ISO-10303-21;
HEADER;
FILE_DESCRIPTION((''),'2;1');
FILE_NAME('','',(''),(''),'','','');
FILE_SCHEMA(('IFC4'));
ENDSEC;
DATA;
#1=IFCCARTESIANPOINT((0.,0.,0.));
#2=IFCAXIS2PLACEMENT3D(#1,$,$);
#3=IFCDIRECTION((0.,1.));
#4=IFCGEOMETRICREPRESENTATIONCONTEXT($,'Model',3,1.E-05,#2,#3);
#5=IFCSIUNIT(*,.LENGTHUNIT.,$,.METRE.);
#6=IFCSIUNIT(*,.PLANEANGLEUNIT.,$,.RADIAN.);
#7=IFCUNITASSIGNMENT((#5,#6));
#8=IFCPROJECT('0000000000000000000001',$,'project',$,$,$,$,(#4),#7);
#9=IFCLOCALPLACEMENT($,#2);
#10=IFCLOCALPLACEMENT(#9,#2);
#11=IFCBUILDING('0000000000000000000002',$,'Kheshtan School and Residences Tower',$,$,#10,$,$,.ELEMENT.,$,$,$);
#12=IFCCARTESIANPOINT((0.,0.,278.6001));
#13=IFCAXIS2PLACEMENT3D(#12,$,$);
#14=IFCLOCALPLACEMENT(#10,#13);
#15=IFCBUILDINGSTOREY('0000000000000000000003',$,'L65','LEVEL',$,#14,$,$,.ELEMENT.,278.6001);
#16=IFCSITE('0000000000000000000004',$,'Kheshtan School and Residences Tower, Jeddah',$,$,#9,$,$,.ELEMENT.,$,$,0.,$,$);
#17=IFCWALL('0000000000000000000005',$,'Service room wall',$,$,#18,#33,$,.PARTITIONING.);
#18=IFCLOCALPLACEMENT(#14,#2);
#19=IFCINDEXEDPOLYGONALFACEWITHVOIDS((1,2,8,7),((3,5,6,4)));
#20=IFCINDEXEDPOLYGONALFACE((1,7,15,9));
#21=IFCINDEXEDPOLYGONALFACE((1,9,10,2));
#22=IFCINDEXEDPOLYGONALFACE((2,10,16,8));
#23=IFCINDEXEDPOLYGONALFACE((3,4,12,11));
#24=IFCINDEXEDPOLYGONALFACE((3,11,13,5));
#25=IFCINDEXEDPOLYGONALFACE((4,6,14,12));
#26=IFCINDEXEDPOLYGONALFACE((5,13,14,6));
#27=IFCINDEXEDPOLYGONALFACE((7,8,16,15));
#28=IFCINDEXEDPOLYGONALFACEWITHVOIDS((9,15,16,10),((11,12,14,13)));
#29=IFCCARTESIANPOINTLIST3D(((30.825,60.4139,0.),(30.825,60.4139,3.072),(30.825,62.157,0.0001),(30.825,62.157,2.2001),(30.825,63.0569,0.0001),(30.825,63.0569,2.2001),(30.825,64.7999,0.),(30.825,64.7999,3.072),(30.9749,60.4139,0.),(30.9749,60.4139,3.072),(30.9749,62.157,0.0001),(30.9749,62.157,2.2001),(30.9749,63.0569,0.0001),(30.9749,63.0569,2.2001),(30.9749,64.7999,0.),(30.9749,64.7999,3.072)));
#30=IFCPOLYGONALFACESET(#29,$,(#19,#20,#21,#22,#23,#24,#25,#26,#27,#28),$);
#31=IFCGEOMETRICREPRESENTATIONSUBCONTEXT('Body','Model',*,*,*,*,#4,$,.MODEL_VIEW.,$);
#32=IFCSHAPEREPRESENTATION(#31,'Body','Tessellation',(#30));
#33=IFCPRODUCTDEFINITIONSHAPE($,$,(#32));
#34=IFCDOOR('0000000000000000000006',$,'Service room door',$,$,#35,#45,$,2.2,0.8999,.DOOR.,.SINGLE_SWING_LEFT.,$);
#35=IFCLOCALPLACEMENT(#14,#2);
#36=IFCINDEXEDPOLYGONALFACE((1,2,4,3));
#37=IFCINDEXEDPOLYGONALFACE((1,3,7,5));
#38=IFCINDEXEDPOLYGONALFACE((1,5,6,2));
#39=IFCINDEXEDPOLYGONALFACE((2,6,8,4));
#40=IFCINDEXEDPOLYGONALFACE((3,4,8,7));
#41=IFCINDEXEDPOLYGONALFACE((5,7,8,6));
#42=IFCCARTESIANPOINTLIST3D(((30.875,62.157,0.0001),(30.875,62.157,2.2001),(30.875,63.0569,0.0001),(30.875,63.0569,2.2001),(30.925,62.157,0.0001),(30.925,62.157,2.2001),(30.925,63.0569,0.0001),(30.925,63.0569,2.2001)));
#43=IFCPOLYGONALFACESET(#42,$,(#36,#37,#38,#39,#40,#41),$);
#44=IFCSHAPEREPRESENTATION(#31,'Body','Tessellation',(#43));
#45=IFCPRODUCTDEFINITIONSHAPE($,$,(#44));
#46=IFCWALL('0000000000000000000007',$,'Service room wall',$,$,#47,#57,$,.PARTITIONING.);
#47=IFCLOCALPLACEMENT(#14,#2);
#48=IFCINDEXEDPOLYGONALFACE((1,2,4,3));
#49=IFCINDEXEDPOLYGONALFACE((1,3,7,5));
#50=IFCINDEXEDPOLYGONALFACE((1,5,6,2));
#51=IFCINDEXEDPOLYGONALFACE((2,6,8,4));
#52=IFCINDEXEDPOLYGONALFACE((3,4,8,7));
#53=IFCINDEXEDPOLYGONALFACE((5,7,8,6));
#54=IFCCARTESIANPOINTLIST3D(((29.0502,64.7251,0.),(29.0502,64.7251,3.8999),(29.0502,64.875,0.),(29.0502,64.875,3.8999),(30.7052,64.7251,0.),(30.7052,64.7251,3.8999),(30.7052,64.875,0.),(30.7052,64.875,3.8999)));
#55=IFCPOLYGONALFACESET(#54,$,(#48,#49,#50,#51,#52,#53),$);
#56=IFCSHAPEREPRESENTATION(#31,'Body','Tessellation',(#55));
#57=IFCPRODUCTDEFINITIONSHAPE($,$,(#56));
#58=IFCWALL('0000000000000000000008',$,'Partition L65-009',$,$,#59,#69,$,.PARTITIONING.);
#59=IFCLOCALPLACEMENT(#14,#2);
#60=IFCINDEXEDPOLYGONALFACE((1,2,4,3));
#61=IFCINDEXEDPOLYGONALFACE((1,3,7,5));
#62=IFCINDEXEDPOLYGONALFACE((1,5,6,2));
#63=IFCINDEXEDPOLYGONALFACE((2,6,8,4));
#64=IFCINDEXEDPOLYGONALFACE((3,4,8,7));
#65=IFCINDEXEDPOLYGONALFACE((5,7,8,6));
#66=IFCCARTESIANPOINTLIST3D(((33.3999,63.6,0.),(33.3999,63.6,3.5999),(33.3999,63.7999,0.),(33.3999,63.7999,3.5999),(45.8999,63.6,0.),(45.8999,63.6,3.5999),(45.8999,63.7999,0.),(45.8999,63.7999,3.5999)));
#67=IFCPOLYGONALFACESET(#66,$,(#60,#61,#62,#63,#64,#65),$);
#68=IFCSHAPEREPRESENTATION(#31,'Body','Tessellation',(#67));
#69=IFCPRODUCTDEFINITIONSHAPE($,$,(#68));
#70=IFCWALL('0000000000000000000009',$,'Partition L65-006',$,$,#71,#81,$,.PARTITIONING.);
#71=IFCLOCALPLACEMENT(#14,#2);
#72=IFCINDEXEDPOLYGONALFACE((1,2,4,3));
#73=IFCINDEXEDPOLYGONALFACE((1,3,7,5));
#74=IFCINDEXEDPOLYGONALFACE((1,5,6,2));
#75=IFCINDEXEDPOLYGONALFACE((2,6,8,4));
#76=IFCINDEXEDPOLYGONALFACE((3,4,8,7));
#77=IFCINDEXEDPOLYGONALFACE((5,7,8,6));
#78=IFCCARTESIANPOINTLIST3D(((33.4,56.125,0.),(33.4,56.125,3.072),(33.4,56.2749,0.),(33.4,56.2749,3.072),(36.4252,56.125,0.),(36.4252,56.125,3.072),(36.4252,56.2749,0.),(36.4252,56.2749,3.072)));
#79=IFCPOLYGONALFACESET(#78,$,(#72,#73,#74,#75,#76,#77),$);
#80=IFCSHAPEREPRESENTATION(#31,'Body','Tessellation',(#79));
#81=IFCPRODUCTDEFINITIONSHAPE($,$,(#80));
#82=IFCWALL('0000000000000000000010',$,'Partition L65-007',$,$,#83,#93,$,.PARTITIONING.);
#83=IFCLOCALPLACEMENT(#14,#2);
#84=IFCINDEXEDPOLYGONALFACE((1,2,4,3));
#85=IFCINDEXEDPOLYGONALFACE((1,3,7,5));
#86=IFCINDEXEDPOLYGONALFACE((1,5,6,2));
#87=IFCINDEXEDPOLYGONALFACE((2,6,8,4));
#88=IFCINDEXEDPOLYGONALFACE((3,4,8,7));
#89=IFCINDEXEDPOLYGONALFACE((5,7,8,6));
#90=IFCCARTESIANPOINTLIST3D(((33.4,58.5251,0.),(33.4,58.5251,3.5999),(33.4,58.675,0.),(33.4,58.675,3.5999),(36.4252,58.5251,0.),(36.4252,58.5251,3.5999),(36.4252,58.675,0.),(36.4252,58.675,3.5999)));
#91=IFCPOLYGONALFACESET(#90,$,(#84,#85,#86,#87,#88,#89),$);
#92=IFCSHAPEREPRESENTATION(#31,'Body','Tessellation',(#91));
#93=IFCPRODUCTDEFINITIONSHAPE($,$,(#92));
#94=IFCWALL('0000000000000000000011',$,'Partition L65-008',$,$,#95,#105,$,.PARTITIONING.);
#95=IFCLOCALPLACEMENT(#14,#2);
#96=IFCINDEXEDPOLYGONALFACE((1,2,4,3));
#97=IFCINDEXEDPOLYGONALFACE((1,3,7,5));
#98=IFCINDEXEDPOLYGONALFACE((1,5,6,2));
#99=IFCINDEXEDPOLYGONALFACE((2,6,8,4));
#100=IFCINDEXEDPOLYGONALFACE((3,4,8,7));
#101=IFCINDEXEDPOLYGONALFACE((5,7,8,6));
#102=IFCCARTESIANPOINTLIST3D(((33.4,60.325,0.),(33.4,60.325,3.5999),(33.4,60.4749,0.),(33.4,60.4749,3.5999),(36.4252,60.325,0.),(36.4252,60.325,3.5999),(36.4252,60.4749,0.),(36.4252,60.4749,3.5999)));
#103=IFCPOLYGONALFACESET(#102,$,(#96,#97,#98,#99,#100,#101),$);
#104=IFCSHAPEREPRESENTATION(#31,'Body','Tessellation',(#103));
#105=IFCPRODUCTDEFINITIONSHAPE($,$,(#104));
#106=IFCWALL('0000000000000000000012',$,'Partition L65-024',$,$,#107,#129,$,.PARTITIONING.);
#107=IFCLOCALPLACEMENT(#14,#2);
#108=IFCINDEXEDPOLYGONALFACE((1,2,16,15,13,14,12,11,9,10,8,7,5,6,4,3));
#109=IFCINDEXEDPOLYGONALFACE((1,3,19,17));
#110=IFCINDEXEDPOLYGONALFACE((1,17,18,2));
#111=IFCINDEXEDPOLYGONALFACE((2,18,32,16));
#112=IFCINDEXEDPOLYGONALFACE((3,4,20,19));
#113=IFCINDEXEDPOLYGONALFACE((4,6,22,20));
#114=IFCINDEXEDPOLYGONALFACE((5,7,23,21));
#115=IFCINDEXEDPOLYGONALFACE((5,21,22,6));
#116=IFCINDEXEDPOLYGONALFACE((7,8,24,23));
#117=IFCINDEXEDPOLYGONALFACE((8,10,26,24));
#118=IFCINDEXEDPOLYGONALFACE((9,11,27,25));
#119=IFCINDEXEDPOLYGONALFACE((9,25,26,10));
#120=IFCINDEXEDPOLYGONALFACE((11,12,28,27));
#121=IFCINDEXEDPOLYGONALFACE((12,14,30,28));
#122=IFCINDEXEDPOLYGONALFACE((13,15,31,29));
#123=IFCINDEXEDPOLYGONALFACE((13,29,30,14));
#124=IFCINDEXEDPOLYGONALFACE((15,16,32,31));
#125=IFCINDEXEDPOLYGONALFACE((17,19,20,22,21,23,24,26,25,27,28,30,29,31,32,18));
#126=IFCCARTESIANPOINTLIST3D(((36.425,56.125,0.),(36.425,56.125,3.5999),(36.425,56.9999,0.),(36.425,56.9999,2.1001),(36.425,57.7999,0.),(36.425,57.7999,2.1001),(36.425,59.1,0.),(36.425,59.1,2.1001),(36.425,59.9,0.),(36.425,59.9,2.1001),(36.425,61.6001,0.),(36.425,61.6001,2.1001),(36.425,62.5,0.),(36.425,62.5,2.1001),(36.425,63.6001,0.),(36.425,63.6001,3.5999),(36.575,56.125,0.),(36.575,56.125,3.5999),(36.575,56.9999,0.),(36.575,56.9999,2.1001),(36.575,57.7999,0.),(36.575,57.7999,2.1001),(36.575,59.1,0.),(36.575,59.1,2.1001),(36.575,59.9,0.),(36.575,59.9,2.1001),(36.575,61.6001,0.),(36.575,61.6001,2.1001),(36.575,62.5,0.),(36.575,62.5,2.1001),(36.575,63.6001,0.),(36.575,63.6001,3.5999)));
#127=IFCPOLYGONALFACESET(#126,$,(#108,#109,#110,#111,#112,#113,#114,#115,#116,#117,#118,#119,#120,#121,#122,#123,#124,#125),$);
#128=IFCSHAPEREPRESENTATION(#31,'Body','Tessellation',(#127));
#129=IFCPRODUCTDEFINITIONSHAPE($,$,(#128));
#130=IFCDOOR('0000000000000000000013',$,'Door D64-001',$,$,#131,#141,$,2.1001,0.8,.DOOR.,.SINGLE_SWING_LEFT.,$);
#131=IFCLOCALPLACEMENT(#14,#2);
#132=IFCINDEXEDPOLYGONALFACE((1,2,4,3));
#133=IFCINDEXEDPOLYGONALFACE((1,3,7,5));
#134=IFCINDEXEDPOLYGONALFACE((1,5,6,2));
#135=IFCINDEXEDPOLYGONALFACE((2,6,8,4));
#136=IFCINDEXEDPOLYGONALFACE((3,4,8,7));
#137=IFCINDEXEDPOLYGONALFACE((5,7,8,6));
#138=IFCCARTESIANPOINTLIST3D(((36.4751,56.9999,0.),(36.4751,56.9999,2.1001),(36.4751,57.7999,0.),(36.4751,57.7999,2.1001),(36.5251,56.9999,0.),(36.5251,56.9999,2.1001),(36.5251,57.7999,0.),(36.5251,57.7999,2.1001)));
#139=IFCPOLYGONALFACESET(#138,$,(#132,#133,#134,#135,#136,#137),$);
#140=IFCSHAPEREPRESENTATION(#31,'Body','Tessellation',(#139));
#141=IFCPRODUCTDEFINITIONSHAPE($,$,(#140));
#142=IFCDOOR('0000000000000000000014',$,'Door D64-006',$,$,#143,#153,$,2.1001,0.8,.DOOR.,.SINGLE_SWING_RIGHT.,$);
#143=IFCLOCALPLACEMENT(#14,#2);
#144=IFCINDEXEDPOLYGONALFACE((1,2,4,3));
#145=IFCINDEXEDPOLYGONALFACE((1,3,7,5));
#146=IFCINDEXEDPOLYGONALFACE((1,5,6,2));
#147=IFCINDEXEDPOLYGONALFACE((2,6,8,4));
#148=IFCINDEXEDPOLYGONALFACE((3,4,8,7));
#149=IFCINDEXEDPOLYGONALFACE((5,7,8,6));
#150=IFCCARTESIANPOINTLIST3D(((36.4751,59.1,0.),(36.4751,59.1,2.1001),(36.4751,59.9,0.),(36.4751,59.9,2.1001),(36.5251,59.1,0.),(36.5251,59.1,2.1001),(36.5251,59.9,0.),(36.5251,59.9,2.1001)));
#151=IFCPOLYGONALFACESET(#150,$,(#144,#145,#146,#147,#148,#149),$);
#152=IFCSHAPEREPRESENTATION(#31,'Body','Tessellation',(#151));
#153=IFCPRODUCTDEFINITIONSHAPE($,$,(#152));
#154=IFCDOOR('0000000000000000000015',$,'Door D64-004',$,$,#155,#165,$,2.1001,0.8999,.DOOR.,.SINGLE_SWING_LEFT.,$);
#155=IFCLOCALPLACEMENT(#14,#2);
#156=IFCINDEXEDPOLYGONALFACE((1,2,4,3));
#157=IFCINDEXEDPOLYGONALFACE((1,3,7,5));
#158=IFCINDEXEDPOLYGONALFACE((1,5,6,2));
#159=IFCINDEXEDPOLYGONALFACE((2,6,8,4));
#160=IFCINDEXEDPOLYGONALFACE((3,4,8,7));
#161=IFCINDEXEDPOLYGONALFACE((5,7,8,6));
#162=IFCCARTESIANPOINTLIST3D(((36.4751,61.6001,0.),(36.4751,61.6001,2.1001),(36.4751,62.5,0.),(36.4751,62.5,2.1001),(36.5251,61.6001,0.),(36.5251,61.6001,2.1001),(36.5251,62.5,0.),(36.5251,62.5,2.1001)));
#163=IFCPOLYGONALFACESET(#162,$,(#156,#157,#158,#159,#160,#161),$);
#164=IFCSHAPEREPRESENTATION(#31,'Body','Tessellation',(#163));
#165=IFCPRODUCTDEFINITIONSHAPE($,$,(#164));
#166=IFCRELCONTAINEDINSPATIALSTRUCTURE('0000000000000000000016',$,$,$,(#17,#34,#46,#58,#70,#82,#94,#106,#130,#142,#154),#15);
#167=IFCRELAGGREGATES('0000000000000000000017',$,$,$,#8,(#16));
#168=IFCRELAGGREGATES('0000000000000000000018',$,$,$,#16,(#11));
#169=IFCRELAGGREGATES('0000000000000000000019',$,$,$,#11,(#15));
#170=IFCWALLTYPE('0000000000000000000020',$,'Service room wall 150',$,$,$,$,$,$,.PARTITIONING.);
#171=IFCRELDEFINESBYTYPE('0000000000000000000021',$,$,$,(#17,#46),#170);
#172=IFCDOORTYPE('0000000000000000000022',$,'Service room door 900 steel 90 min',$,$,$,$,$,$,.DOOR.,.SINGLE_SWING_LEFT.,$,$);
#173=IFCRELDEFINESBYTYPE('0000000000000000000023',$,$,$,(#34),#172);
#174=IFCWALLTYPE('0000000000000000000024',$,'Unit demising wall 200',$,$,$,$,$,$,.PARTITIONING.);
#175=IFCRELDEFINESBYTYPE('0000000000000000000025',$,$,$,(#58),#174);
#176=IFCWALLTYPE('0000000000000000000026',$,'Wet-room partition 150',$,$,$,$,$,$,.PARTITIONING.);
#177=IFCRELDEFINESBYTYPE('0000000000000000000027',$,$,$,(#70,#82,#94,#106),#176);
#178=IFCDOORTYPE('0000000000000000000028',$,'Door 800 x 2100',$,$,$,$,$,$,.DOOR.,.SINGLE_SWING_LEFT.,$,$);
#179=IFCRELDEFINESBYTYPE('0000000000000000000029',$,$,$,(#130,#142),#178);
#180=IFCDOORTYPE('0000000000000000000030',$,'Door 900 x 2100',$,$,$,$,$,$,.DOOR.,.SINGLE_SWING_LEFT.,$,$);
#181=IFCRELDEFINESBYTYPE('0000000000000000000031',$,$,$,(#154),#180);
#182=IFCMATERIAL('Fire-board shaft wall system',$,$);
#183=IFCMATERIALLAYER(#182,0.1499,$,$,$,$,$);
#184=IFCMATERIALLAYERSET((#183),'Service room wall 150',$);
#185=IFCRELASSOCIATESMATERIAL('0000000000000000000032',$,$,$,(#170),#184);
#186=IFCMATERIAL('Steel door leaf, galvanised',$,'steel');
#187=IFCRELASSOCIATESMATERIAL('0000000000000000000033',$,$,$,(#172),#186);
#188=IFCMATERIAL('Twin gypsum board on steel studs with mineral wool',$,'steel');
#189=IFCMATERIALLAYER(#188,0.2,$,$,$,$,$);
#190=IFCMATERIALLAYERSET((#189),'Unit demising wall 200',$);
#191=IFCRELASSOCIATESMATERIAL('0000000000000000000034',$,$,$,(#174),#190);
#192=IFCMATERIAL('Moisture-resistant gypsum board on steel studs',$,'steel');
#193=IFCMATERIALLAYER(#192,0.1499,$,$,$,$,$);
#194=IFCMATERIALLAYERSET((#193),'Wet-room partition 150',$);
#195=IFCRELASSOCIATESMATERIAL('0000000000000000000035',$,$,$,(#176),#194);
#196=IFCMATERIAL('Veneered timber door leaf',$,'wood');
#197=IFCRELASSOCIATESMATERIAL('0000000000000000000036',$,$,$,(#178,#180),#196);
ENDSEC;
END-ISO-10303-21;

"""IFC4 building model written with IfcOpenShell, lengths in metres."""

from ifc_helpers import new_model, si_unit, direction, frame, frame_2d, origin, place, context, subcontext, project, spatial, rectangle, extrude, source, transform, mapped, material, layer, layer_set, type_object, element, fill, save


model = new_model("IFC4")

# Units and contexts
model_context = context("Model", 3, precision=1e-05, world=origin(), true_north=direction((0.0, 1.0)))
body_context = subcontext(model_context, "Body", "Model", "MODEL_VIEW")
ifc_project = project(units=[si_unit("LENGTHUNIT", "METRE"), si_unit("PLANEANGLEUNIT", "RADIAN")], contexts=[model_context])

# Site, building, storey
site_placement = place(None, origin())
site = spatial("IfcSite", under=ifc_project, at=site_placement, Name="Kheshtan School and Residences Tower, Jeddah", CompositionType="ELEMENT", RefElevation=0.0)
building_placement = place(site_placement, origin())
building = spatial("IfcBuilding", under=site, at=building_placement, Name="Kheshtan School and Residences Tower", CompositionType="ELEMENT")
storey_placement = place(building_placement, frame((0.0, 0.0, 278.6001)))
storey = spatial("IfcBuildingStorey", under=building, at=storey_placement, Name="L65", Description="LEVEL", CompositionType="ELEMENT", Elevation=278.6001)

# Shared definitions
ifc_material_1 = material(Name="Fire-board shaft wall system")
ifc_layer_1 = layer(ifc_material_1, 0.1499)
ifc_layer_set_1 = layer_set([ifc_layer_1], Name="Service room wall 150")
wall_type_1 = type_object("IfcWallType", Name="Service room wall 150", PredefinedType="PARTITIONING", material=ifc_layer_set_1)

# Shared definitions
ifc_material_2 = material(Name="Steel door leaf, galvanised", Category="steel")
door_type_1 = type_object("IfcDoorType", Name="Service room door 900 steel 90 min", OperationType="SINGLE_SWING_LEFT", PredefinedType="DOOR", material=ifc_material_2)
shared_shape_1 = source(origin(), body_context, "Body", "SweptSolid", [
    extrude(rectangle(XDim=0.8999, YDim=2.2, at=frame_2d((0.45, 1.1001))), frame((0.0, 0.0249, 0.0), z_axis=(0.0, -1.0, 0.0), x_axis=(1.0, 0.0, 0.0)), (0.0, 0.0, 1.0), 0.05),
])

# Wall, opening, door
wall_1_placement = place(storey_placement, frame((30.8999, 60.4141, 0.0), z_axis=(0.0, 0.0, 1.0), x_axis=(0.0, 1.0, 0.0)))
wall_1 = element("IfcWall", 1, at=wall_1_placement, inside=storey, type_object=wall_type_1, Name="Service room wall", PredefinedType="PARTITIONING", context=body_context, shape_type="SweptSolid", body=[
    extrude(rectangle(XDim=4.386, YDim=0.1499, at=frame_2d((2.1929, 0.0))), origin(), (0.0, 0.0, 1.0), 3.072),
])
opening_1_placement = place(wall_1_placement, frame((1.7429, 0.0, 0.0)))
opening_1 = element("IfcOpeningElement", 2, at=opening_1_placement, cuts=wall_1, PredefinedType="OPENING", context=body_context, shape_type="SweptSolid", body=[
    extrude(rectangle(XDim=0.8999, YDim=2.2, at=frame_2d((0.45, 1.1001))), frame((0.0, 0.085, 0.0), z_axis=(0.0, -1.0, 0.0), x_axis=(1.0, 0.0, 0.0)), (0.0, 0.0, 1.0), 0.1699),
])
door_1_placement = place(opening_1_placement, origin())
door_1 = element("IfcDoor", 3, at=door_1_placement, inside=storey, type_object=door_type_1, Name="Service room door", OperationType="SINGLE_SWING_LEFT", OverallHeight=2.2, OverallWidth=0.8999, PredefinedType="DOOR", context=body_context, shape_type="MappedRepresentation", body=[
    mapped(shared_shape_1, transform((0.0, 0.0, 0.0), x_axis=(1.0, 0.0, 0.0), y_axis=(0.0, 1.0, 0.0), z_axis=(0.0, 0.0, 1.0), scale=1.0)),
])
fill(opening_1, door_1)

# Walls
wall_2_placement = place(storey_placement, frame((29.05, 64.8, 0.0), z_axis=(0.0, 0.0, 1.0), x_axis=(1.0, 0.0, 0.0)))
element("IfcWall", 4, at=wall_2_placement, inside=storey, type_object=wall_type_1, Name="Service room wall", PredefinedType="PARTITIONING", context=body_context, shape_type="SweptSolid", body=[
    extrude(rectangle(XDim=1.655, YDim=0.1499, at=frame_2d((0.8276, 0.0))), origin(), (0.0, 0.0, 1.0), 3.8999),
])
ifc_material_3 = material(Name="Twin gypsum board on steel studs with mineral wool", Category="steel")
ifc_layer_2 = layer(ifc_material_3, 0.2)
ifc_layer_set_2 = layer_set([ifc_layer_2], Name="Unit demising wall 200")
wall_type_2 = type_object("IfcWallType", Name="Unit demising wall 200", PredefinedType="PARTITIONING", material=ifc_layer_set_2)
wall_3_placement = place(storey_placement, frame((33.3999, 63.7, 0.0), z_axis=(0.0, 0.0, 1.0), x_axis=(1.0, 0.0, 0.0)))
element("IfcWall", 5, at=wall_3_placement, inside=storey, type_object=wall_type_2, Name="Partition L65-009", PredefinedType="PARTITIONING", context=body_context, shape_type="SweptSolid", body=[
    extrude(rectangle(XDim=12.5, YDim=0.2, at=frame_2d((6.25, 0.0))), origin(), (0.0, 0.0, 1.0), 3.5999),
])
ifc_material_4 = material(Name="Moisture-resistant gypsum board on steel studs", Category="steel")
ifc_layer_3 = layer(ifc_material_4, 0.1499)
ifc_layer_set_3 = layer_set([ifc_layer_3], Name="Wet-room partition 150")
wall_type_3 = type_object("IfcWallType", Name="Wet-room partition 150", PredefinedType="PARTITIONING", material=ifc_layer_set_3)
wall_4_placement = place(storey_placement, frame((33.3999, 56.2, 0.0), z_axis=(0.0, 0.0, 1.0), x_axis=(1.0, 0.0, 0.0)))
element("IfcWall", 6, at=wall_4_placement, inside=storey, type_object=wall_type_3, Name="Partition L65-006", PredefinedType="PARTITIONING", context=body_context, shape_type="SweptSolid", body=[
    extrude(rectangle(XDim=3.0251, YDim=0.1499, at=frame_2d((1.5127, 0.0))), origin(), (0.0, 0.0, 1.0), 3.072),
])
for number, where, z_axis, x_axis, name in (
    (7, (33.3999, 58.6001, 0.0), (0.0, 0.0, 1.0), (1.0, 0.0, 0.0), "Partition L65-007"),
    (8, (33.3999, 60.3999, 0.0), (0.0, 0.0, 1.0), (1.0, 0.0, 0.0), "Partition L65-008"),
):
    element("IfcWall", number, at=place(storey_placement, frame(where, z_axis=z_axis, x_axis=x_axis)), inside=storey, type_object=wall_type_3, Name=name, PredefinedType="PARTITIONING", context=body_context, shape_type="SweptSolid", body=[
        extrude(rectangle(XDim=3.0251, YDim=0.1499, at=frame_2d((1.5127, 0.0))), origin(), (0.0, 0.0, 1.0), 3.5999),
    ])

# Wall, openings, doors
wall_5_placement = place(storey_placement, frame((36.5, 56.125, 0.0), z_axis=(0.0, 0.0, 1.0), x_axis=(0.0, 1.0, 0.0)))
wall_5 = element("IfcWall", 9, at=wall_5_placement, inside=storey, type_object=wall_type_3, Name="Partition L65-024", PredefinedType="PARTITIONING", context=body_context, shape_type="SweptSolid", body=[
    extrude(rectangle(XDim=7.4751, YDim=0.1499, at=frame_2d((3.7375, 0.0))), origin(), (0.0, 0.0, 1.0), 3.5999),
])
opening_2_placement = place(wall_5_placement, frame((0.875, 0.0, 0.0)))
opening_2 = element("IfcOpeningElement", 10, at=opening_2_placement, cuts=wall_5, PredefinedType="OPENING", context=body_context, shape_type="SweptSolid", body=[
    extrude(rectangle(XDim=0.8, YDim=2.1001, at=frame_2d((0.3999, 1.05))), frame((0.0, 0.085, 0.0), z_axis=(0.0, -1.0, 0.0), x_axis=(1.0, 0.0, 0.0)), (0.0, 0.0, 1.0), 0.1699),
])
opening_3_placement = place(wall_5_placement, frame((5.4751, 0.0, 0.0)))
opening_3 = element("IfcOpeningElement", 11, at=opening_3_placement, cuts=wall_5, PredefinedType="OPENING", context=body_context, shape_type="SweptSolid", body=[
    extrude(rectangle(XDim=0.8999, YDim=2.1001, at=frame_2d((0.45, 1.05))), frame((0.0, 0.085, 0.0), z_axis=(0.0, -1.0, 0.0), x_axis=(1.0, 0.0, 0.0)), (0.0, 0.0, 1.0), 0.1699),
])
opening_4_placement = place(wall_5_placement, frame((2.9751, 0.0, 0.0)))
opening_4 = element("IfcOpeningElement", 12, at=opening_4_placement, cuts=wall_5, PredefinedType="OPENING", context=body_context, shape_type="SweptSolid", body=[
    extrude(rectangle(XDim=0.8, YDim=2.1001, at=frame_2d((0.3999, 1.05))), frame((0.0, 0.085, 0.0), z_axis=(0.0, -1.0, 0.0), x_axis=(1.0, 0.0, 0.0)), (0.0, 0.0, 1.0), 0.1699),
])
ifc_material_5 = material(Name="Veneered timber door leaf", Category="wood")
door_type_2 = type_object("IfcDoorType", Name="Door 800 x 2100", OperationType="SINGLE_SWING_LEFT", PredefinedType="DOOR", material=ifc_material_5)
shared_shape_2 = source(origin(), body_context, "Body", "SweptSolid", [
    extrude(rectangle(XDim=0.8, YDim=2.1001, at=frame_2d((0.3999, 1.05))), frame((0.0, 0.0249, 0.0), z_axis=(0.0, -1.0, 0.0), x_axis=(1.0, 0.0, 0.0)), (0.0, 0.0, 1.0), 0.05),
])
door_2_placement = place(opening_2_placement, origin())
door_2 = element("IfcDoor", 13, at=door_2_placement, inside=storey, type_object=door_type_2, Name="Door D64-001", OperationType="SINGLE_SWING_LEFT", OverallHeight=2.1001, OverallWidth=0.8, PredefinedType="DOOR", context=body_context, shape_type="MappedRepresentation", body=[
    mapped(shared_shape_2, transform((0.0, 0.0, 0.0), x_axis=(1.0, 0.0, 0.0), y_axis=(0.0, 1.0, 0.0), z_axis=(0.0, 0.0, 1.0), scale=1.0)),
])
fill(opening_2, door_2)
door_3_placement = place(opening_4_placement, origin())
door_3 = element("IfcDoor", 14, at=door_3_placement, inside=storey, type_object=door_type_2, Name="Door D64-006", OperationType="SINGLE_SWING_RIGHT", OverallHeight=2.1001, OverallWidth=0.8, PredefinedType="DOOR", context=body_context, shape_type="MappedRepresentation", body=[
    mapped(shared_shape_2, transform((0.0, 0.0, 0.0), x_axis=(1.0, 0.0, 0.0), y_axis=(0.0, 1.0, 0.0), z_axis=(0.0, 0.0, 1.0), scale=1.0)),
])
fill(opening_4, door_3)
door_type_3 = type_object("IfcDoorType", Name="Door 900 x 2100", OperationType="SINGLE_SWING_LEFT", PredefinedType="DOOR", material=ifc_material_5)
shared_shape_3 = source(origin(), body_context, "Body", "SweptSolid", [
    extrude(rectangle(XDim=0.8999, YDim=2.1001, at=frame_2d((0.45, 1.05))), frame((0.0, 0.0249, 0.0), z_axis=(0.0, -1.0, 0.0), x_axis=(1.0, 0.0, 0.0)), (0.0, 0.0, 1.0), 0.05),
])
door_4_placement = place(opening_3_placement, origin())
door_4 = element("IfcDoor", 15, at=door_4_placement, inside=storey, type_object=door_type_3, Name="Door D64-004", OperationType="SINGLE_SWING_LEFT", OverallHeight=2.1001, OverallWidth=0.8999, PredefinedType="DOOR", context=body_context, shape_type="MappedRepresentation", body=[
    mapped(shared_shape_3, transform((0.0, 0.0, 0.0), x_axis=(1.0, 0.0, 0.0), y_axis=(0.0, 1.0, 0.0), z_axis=(0.0, 0.0, 1.0), scale=1.0)),
])
fill(opening_3, door_4)

save(model, "model.ifc")
